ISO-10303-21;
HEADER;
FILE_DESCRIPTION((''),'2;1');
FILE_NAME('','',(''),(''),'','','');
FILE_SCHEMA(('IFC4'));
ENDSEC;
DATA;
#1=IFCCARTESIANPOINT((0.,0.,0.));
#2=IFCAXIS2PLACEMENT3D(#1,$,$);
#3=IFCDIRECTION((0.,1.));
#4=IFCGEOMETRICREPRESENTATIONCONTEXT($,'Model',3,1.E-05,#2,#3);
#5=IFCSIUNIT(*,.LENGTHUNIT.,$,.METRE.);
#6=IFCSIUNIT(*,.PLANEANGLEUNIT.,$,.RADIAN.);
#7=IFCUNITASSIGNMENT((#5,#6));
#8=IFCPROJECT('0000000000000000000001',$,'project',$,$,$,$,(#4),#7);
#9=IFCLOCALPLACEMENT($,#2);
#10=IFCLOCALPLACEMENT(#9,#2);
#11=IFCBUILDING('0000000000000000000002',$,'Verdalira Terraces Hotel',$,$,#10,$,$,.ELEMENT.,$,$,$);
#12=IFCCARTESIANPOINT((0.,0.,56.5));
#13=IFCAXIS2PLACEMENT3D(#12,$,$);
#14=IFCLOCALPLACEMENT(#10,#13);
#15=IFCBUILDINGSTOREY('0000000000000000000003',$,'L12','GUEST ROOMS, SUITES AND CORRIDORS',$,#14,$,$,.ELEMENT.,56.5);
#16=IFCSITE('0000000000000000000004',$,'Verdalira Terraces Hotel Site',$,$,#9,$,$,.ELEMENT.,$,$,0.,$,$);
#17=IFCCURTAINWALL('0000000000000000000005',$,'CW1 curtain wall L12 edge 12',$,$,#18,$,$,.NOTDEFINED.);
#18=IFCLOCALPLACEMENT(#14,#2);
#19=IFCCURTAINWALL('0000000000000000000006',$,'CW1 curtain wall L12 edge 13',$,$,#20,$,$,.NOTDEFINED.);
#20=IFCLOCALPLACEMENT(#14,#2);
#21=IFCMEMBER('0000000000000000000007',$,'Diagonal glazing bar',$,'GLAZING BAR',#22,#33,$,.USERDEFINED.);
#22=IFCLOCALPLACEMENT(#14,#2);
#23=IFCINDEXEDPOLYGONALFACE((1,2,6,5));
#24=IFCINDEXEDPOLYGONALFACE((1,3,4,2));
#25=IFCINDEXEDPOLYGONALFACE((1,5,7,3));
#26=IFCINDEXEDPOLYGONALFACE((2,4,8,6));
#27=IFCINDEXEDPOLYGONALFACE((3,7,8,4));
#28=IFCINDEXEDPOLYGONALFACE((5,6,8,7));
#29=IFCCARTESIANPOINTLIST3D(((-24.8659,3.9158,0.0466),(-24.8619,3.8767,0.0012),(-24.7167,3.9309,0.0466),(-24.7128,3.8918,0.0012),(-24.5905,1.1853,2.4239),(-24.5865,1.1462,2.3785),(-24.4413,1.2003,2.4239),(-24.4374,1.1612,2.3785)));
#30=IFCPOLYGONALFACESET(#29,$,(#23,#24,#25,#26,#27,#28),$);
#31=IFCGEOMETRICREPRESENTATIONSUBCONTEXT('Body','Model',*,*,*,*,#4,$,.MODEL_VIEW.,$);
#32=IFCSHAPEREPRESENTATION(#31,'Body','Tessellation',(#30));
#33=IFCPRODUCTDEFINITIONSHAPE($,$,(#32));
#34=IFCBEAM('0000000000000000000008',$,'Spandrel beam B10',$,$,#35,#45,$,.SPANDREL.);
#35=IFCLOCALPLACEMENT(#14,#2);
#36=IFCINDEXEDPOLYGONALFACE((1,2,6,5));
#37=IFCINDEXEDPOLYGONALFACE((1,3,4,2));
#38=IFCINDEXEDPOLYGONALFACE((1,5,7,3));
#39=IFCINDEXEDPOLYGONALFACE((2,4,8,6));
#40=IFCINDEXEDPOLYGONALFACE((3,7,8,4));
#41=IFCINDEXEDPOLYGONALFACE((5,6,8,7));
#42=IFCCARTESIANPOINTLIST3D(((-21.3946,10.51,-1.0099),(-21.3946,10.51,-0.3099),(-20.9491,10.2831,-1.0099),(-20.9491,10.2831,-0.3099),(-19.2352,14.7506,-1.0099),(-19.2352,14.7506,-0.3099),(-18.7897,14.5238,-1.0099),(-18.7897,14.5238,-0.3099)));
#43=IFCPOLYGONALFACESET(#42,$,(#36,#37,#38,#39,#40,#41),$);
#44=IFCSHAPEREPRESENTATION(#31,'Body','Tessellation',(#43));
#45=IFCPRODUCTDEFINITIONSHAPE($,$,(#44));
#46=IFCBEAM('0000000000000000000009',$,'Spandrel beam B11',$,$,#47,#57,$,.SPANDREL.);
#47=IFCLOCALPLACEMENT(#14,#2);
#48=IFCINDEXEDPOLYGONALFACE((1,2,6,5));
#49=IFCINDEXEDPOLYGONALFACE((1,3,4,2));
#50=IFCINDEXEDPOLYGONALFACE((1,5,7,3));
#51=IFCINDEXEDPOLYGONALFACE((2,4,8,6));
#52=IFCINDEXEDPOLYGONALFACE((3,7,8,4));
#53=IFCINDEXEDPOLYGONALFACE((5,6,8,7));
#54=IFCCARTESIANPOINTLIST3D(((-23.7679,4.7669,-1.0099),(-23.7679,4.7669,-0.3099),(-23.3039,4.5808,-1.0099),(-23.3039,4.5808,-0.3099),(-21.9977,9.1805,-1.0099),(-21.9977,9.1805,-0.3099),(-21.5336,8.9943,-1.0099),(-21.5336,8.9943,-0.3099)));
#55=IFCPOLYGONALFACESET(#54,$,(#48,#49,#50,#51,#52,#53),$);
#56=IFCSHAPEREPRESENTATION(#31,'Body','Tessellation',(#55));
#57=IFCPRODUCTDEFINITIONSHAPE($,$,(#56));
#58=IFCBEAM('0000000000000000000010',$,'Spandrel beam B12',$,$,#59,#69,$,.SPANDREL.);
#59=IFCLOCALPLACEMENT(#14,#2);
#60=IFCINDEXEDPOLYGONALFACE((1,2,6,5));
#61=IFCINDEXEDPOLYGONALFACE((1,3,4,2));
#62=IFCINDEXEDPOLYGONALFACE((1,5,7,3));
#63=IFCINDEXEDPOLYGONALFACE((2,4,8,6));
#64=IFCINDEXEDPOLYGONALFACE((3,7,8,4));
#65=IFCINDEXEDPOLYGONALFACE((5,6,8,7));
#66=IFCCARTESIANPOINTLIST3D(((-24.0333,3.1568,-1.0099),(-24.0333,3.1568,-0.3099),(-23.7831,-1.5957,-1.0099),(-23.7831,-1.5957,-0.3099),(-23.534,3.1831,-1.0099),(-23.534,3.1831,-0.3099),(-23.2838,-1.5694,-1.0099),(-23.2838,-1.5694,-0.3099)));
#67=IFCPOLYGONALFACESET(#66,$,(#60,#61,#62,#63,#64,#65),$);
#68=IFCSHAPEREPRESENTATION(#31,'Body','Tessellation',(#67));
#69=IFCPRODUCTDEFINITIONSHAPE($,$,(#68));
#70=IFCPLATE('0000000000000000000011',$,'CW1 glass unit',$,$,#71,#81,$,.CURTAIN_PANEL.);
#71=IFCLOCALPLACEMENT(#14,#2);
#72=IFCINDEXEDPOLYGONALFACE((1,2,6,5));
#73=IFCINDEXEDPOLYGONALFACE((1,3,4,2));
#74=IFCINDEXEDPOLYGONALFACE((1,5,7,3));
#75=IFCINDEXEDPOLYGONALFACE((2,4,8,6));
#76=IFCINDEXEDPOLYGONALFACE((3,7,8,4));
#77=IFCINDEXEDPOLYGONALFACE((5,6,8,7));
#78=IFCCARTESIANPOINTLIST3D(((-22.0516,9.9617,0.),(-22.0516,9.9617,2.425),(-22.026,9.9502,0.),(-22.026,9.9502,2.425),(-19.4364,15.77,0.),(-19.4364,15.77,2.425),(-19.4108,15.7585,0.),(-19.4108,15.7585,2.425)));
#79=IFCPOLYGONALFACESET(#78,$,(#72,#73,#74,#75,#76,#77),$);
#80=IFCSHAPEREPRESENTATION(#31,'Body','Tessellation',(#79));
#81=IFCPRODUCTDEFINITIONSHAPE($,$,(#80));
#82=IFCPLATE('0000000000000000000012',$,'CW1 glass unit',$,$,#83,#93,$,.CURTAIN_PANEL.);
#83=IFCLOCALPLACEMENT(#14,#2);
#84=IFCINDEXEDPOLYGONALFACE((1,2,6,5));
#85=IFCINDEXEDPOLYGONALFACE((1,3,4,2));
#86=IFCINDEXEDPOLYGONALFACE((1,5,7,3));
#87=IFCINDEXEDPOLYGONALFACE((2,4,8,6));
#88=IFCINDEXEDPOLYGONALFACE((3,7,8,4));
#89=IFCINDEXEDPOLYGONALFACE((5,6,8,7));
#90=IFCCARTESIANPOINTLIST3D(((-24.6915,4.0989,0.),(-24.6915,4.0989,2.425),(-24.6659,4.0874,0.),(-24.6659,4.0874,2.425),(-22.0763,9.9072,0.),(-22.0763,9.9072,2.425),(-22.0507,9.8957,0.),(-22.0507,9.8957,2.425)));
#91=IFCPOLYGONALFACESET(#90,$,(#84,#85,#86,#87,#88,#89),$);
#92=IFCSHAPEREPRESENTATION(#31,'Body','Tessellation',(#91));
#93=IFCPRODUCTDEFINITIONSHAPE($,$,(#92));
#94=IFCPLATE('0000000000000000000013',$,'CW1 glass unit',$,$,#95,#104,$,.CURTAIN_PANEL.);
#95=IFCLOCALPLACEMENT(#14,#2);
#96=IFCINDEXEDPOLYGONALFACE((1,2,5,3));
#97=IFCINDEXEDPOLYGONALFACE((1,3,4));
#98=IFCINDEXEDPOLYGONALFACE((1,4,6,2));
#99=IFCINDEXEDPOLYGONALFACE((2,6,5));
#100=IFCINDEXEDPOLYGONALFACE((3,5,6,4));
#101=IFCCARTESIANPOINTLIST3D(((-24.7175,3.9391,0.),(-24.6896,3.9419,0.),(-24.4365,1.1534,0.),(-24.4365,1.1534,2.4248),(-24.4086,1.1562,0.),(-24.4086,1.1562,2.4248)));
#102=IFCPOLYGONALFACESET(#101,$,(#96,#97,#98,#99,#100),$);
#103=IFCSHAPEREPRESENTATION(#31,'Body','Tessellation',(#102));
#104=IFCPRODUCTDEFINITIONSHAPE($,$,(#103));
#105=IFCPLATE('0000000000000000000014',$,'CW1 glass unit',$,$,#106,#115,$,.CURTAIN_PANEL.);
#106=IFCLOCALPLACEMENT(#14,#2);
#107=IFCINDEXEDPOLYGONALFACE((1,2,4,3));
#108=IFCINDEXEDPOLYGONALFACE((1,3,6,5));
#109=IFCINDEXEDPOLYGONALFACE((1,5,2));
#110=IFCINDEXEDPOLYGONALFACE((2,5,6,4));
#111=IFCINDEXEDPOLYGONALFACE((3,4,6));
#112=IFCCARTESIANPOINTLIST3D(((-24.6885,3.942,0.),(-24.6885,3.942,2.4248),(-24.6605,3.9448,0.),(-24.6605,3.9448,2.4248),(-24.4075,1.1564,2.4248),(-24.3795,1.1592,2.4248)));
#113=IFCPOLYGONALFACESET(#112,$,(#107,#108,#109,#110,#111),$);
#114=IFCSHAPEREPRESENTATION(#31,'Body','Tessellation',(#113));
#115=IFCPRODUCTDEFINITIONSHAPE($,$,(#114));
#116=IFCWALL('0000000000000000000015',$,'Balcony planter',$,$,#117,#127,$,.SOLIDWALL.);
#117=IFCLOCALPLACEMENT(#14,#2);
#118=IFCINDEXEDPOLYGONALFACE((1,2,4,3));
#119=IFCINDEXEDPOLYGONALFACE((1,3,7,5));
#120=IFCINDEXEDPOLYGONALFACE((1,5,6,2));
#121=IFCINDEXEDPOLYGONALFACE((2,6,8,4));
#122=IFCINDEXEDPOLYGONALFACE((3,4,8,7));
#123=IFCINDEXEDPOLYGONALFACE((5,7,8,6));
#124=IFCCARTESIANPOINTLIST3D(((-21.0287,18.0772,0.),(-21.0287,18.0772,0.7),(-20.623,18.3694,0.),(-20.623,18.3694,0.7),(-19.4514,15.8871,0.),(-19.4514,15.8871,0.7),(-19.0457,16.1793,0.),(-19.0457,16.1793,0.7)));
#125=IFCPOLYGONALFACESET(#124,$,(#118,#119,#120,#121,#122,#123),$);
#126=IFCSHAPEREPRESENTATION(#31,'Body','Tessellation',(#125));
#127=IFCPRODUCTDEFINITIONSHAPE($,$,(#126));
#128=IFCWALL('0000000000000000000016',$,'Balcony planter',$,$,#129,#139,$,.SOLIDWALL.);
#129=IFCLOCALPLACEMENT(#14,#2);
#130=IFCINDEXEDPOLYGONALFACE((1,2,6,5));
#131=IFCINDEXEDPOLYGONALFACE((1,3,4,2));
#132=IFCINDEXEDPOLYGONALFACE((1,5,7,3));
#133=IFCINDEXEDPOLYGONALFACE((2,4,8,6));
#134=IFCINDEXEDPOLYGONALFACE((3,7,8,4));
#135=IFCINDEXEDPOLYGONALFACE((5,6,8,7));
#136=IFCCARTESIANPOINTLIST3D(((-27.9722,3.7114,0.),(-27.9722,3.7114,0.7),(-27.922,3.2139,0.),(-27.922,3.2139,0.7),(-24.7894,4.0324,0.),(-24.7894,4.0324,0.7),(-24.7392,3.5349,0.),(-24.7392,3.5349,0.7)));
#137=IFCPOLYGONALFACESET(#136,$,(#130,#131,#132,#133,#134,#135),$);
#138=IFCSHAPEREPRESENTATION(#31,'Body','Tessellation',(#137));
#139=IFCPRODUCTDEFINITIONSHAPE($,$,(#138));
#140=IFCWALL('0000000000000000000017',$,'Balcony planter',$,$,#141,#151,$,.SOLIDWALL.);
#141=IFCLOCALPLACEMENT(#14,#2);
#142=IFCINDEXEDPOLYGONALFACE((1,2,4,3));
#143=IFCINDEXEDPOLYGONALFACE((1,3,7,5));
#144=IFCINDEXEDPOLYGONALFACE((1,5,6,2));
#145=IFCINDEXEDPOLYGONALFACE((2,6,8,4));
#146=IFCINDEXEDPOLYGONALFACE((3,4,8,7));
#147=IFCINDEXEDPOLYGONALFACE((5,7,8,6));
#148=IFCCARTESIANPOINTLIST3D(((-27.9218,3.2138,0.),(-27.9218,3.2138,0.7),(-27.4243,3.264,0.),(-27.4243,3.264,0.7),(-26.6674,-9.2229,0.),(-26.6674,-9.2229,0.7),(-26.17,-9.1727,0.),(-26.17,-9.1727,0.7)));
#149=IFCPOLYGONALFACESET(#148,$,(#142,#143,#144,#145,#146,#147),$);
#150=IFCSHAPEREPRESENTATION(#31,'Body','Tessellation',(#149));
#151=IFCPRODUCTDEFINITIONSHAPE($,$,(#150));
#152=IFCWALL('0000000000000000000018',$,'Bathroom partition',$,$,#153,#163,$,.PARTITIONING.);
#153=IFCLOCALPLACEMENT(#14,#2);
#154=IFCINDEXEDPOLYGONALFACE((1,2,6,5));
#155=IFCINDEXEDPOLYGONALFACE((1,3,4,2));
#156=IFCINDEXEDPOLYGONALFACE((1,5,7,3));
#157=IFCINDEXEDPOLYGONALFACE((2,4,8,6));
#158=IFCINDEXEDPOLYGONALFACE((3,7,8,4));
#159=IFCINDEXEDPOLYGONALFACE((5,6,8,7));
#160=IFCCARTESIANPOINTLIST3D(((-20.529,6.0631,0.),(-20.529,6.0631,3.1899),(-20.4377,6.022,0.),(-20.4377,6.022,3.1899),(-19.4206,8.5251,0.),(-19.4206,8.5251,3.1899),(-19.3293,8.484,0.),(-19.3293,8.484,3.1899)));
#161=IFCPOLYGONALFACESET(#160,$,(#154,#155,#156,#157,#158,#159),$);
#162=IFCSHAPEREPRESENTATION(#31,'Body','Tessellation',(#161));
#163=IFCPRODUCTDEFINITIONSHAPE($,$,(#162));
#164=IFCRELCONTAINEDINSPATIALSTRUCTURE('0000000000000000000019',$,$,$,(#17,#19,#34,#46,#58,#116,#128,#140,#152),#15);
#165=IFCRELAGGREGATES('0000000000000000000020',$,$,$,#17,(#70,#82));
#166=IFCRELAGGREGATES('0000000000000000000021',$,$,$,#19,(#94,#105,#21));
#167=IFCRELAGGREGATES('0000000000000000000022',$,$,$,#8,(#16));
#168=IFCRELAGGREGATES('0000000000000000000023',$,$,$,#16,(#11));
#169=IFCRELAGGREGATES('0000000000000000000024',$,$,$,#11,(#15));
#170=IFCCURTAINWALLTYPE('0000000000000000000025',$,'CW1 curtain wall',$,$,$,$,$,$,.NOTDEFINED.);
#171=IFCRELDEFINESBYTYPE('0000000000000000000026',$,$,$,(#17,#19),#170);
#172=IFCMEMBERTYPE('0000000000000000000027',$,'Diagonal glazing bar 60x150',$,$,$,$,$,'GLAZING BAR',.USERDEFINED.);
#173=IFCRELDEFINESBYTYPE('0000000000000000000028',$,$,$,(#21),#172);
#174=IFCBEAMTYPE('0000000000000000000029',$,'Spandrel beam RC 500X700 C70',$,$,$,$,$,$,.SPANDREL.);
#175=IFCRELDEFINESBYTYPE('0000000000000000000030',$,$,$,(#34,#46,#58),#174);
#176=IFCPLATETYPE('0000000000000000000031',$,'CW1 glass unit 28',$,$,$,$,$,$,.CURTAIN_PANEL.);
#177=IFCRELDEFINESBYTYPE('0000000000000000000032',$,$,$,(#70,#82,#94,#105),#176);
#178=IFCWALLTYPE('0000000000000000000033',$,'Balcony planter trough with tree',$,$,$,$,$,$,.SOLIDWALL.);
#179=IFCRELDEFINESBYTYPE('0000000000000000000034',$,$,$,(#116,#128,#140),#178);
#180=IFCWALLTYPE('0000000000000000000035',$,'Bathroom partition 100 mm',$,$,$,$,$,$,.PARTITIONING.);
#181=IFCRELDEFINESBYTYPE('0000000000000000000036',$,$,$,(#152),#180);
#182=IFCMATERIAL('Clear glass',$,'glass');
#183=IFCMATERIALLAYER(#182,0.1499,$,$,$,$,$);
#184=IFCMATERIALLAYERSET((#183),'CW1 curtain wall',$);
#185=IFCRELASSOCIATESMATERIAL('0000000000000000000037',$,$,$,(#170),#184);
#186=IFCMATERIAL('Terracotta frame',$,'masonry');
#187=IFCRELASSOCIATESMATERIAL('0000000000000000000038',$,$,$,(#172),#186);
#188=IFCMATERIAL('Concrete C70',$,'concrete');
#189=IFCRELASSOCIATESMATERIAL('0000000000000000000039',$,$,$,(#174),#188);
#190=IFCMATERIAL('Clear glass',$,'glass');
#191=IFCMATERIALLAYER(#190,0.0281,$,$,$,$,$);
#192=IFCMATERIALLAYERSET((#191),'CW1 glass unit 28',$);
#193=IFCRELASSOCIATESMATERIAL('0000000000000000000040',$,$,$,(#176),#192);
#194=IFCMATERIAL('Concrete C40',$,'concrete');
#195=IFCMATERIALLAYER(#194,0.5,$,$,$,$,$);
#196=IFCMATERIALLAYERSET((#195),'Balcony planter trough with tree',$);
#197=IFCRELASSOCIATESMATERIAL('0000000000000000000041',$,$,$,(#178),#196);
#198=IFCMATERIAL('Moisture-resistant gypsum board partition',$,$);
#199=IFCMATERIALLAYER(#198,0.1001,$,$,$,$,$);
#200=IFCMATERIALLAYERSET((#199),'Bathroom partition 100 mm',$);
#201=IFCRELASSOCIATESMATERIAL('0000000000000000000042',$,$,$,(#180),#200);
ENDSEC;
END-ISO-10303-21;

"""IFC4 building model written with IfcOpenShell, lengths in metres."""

from ifc_helpers import new_model, si_unit, direction, frame, frame_2d, origin, origin_2d, place, context, subcontext, project, spatial, polyline, rectangle, outline, extrude, material, layer, layer_set, material_profile, profile_set, type_object, element, aggregate, save


model = new_model("IFC4")

# Units and contexts
model_context = context("Model", 3, precision=1e-05, world=origin(), true_north=direction((0.0, 1.0)))
body_context = subcontext(model_context, "Body", "Model", "MODEL_VIEW")
ifc_project = project(units=[si_unit("LENGTHUNIT", "METRE"), si_unit("PLANEANGLEUNIT", "RADIAN")], contexts=[model_context])

# Site, building, storey
site_placement = place(None, origin())
site = spatial("IfcSite", under=ifc_project, at=site_placement, Name="Verdalira Terraces Hotel Site", CompositionType="ELEMENT", RefElevation=0.0)
building_placement = place(site_placement, origin())
building = spatial("IfcBuilding", under=site, at=building_placement, Name="Verdalira Terraces Hotel", CompositionType="ELEMENT")
storey_placement = place(building_placement, frame((0.0, 0.0, 56.5)))
storey = spatial("IfcBuildingStorey", under=building, at=storey_placement, Name="L12", Description="GUEST ROOMS, SUITES AND CORRIDORS", CompositionType="ELEMENT", Elevation=56.5)

# Shared definitions
ifc_material_1 = material(Name="Clear glass", Category="glass")
ifc_layer_1 = layer(ifc_material_1, 0.1499)
ifc_layer_set_1 = layer_set([ifc_layer_1], Name="CW1 curtain wall")
curtain_wall_type = type_object("IfcCurtainWallType", Name="CW1 curtain wall", PredefinedType="NOTDEFINED", material=ifc_layer_set_1)

# Curtain wall
curtain_wall_1_placement = place(storey_placement, origin())
curtain_wall_1 = element("IfcCurtainWall", 1, at=curtain_wall_1_placement, inside=storey, type_object=curtain_wall_type, Name="CW1 curtain wall L12 edge 12", PredefinedType="NOTDEFINED")

# Curtain wall
curtain_wall_2_placement = place(storey_placement, origin())
curtain_wall_2 = element("IfcCurtainWall", 2, at=curtain_wall_2_placement, inside=storey, type_object=curtain_wall_type, Name="CW1 curtain wall L12 edge 13", PredefinedType="NOTDEFINED")

# Member
ifc_material_2 = material(Name="Terracotta frame", Category="masonry")
ifc_material_profile_1 = material_profile(ifc_material_2, rectangle(XDim=0.1499, YDim=0.0601, at=origin_2d()), Name="GB 60x150")
ifc_profile_set_1 = profile_set([ifc_material_profile_1], Name="Terracotta frame")
member_type_1 = type_object("IfcMemberType", Name="Diagonal glazing bar 60x150", ElementType="GLAZING BAR", PredefinedType="USERDEFINED", material=ifc_profile_set_1)
member_1_placement = place(storey_placement, frame((-24.7893, 3.9038, 0.0239), z_axis=(0.075849, -0.752039, 0.654739), x_axis=(0.994952, 0.100349, 0.0)))
member_1 = element("IfcMember", 3, at=member_1_placement, type_object=member_type_1, Name="Diagonal glazing bar", ObjectType="GLAZING BAR", PredefinedType="USERDEFINED", context=body_context, shape_type="SweptSolid", body=[
    extrude(rectangle(XDim=0.1499, YDim=0.0601, at=origin_2d()), origin(), (0.0, 0.0, 1.0), 3.6309),
])

# Beams
ifc_material_3 = material(Name="Concrete C70", Category="concrete")
ifc_material_profile_2 = material_profile(ifc_material_3, rectangle(XDim=0.5, YDim=0.7, at=origin_2d()), Name="RC 500X700")
ifc_profile_set_2 = profile_set([ifc_material_profile_2], Name="Concrete C70")
beam_type_1 = type_object("IfcBeamType", Name="Spandrel beam RC 500X700 C70", PredefinedType="SPANDREL", material=ifc_profile_set_2)
beam_1_placement = place(storey_placement, frame((-19.0125, 14.6372, -0.6599), z_axis=(-0.453768, -0.89112, 0.0), x_axis=(0.89112, -0.453768, 0.0)))
element("IfcBeam", 4, at=beam_1_placement, inside=storey, type_object=beam_type_1, Name="Spandrel beam B10", PredefinedType="SPANDREL", context=body_context, shape_type="SweptSolid", body=[
    extrude(rectangle(XDim=0.5, YDim=0.7, at=origin_2d()), origin(), (0.0, 0.0, 1.0), 4.7588),
])
beam_2_placement = place(storey_placement, frame((-21.7656, 9.0874, -0.6599), z_axis=(-0.372267, -0.928126, 0.0), x_axis=(0.928126, -0.372267, 0.0)))
element("IfcBeam", 5, at=beam_2_placement, inside=storey, type_object=beam_type_1, Name="Spandrel beam B11", PredefinedType="SPANDREL", context=body_context, shape_type="SweptSolid", body=[
    extrude(rectangle(XDim=0.5, YDim=0.7, at=origin_2d()), origin(), (0.0, 0.0, 1.0), 4.7554),
])
beam_3_placement = place(storey_placement, frame((-23.7837, 3.1699, -0.6599), z_axis=(0.052583, -0.998617, 0.0), x_axis=(0.998617, 0.052583, 0.0)))
element("IfcBeam", 6, at=beam_3_placement, inside=storey, type_object=beam_type_1, Name="Spandrel beam B12", PredefinedType="SPANDREL", context=body_context, shape_type="SweptSolid", body=[
    extrude(rectangle(XDim=0.5, YDim=0.7, at=origin_2d()), origin(), (0.0, 0.0, 1.0), 4.759),
])

# Plates
ifc_material_4 = material(Name="Clear glass", Category="glass")
ifc_layer_2 = layer(ifc_material_4, 0.0281)
ifc_layer_set_2 = layer_set([ifc_layer_2], Name="CW1 glass unit 28")
plate_type = type_object("IfcPlateType", Name="CW1 glass unit 28", PredefinedType="CURTAIN_PANEL", material=ifc_layer_set_2)
plate_1_placement = place(storey_placement, frame((-20.7312, 12.8601, 0.0), z_axis=(0.0, 0.0, 1.0), x_axis=(-0.41056, -0.911834, 0.0)))
plate_1 = element("IfcPlate", 7, at=plate_1_placement, type_object=plate_type, Name="CW1 glass unit", PredefinedType="CURTAIN_PANEL", context=body_context, shape_type="SweptSolid", body=[
    extrude(rectangle(XDim=6.3699, YDim=0.0281, at=origin_2d()), origin(), (0.0, 0.0, 1.0), 2.425),
])
plate_2_placement = place(storey_placement, frame((-23.3711, 6.9973, 0.0), z_axis=(0.0, 0.0, 1.0), x_axis=(-0.41056, -0.911834, 0.0)))
plate_2 = element("IfcPlate", 8, at=plate_2_placement, type_object=plate_type, Name="CW1 glass unit", PredefinedType="CURTAIN_PANEL", context=body_context, shape_type="SweptSolid", body=[
    extrude(rectangle(XDim=6.3699, YDim=0.0281, at=origin_2d()), origin(), (0.0, 0.0, 1.0), 2.425),
])
aggregate(curtain_wall_1, [plate_1, plate_2])
plate_3_placement = place(storey_placement, frame((-24.5491, 2.5491, 1.2124), z_axis=(-0.994951, -0.100362, 0.0), x_axis=(0.100362, -0.994951, 0.0)))
plate_3 = element("IfcPlate", 9, at=plate_3_placement, type_object=plate_type, Name="CW1 glass unit", PredefinedType="CURTAIN_PANEL", context=body_context, shape_type="SweptSolid", body=[
    extrude(outline(polyline([(-1.3999, -1.2124), (1.3999, -1.2124), (1.3999, 1.2124), (-1.3999, -1.2124)])), origin(), (0.0, 0.0, 1.0), 0.0281),
])
plate_4_placement = place(storey_placement, frame((-24.52, 2.552, 1.2124), z_axis=(-0.994951, -0.100362, 0.0), x_axis=(0.100362, -0.994951, 0.0)))
plate_4 = element("IfcPlate", 10, at=plate_4_placement, type_object=plate_type, Name="CW1 glass unit", PredefinedType="CURTAIN_PANEL", context=body_context, shape_type="SweptSolid", body=[
    extrude(outline(polyline([(-1.3999, -1.2124), (1.3999, 1.2124), (-1.3999, 1.2124), (-1.3999, -1.2124)])), origin(), (0.0, 0.0, 1.0), 0.0281),
])
aggregate(curtain_wall_2, [plate_3, plate_4, member_1])

# Walls
ifc_material_5 = material(Name="Concrete C40", Category="concrete")
ifc_layer_3 = layer(ifc_material_5, 0.5)
ifc_layer_set_3 = layer_set([ifc_layer_3], Name="Balcony planter trough with tree")
wall_type_1 = type_object("IfcWallType", Name="Balcony planter trough with tree", PredefinedType="SOLIDWALL", material=ifc_layer_set_3)
wall_1_placement = place(storey_placement, frame((-20.8259, 18.2234, 0.0), z_axis=(0.0, 0.0, 1.0), x_axis=(0.584417, -0.811454, 0.0)))
element("IfcWall", 11, at=wall_1_placement, inside=storey, type_object=wall_type_1, Name="Balcony planter", PredefinedType="SOLIDWALL", context=body_context, shape_type="SweptSolid", body=[
    extrude(rectangle(XDim=2.699, YDim=0.5, at=frame_2d((1.3496, 0.0))), origin(), (0.0, 0.0, 1.0), 0.7),
])
wall_2_placement = place(storey_placement, frame((-24.7642, 3.7837, 0.0), z_axis=(0.0, 0.0, 1.0), x_axis=(-0.994951, -0.100358, 0.0)))
element("IfcWall", 12, at=wall_2_placement, inside=storey, type_object=wall_type_1, Name="Balcony planter", PredefinedType="SOLIDWALL", context=body_context, shape_type="SweptSolid", body=[
    extrude(rectangle(XDim=3.199, YDim=0.5, at=frame_2d((1.5996, 0.0))), origin(), (0.0, 0.0, 1.0), 0.7),
])
wall_3_placement = place(storey_placement, frame((-27.6731, 3.239, 0.0), z_axis=(0.0, 0.0, 1.0), x_axis=(0.100353, -0.994952, 0.0)))
element("IfcWall", 13, at=wall_3_placement, inside=storey, type_object=wall_type_1, Name="Balcony planter", PredefinedType="SOLIDWALL", context=body_context, shape_type="SweptSolid", body=[
    extrude(rectangle(XDim=12.4998, YDim=0.5, at=frame_2d((6.25, 0.0))), origin(), (0.0, 0.0, 1.0), 0.7),
])
ifc_material_6 = material(Name="Moisture-resistant gypsum board partition")
ifc_layer_4 = layer(ifc_material_6, 0.1001)
ifc_layer_set_4 = layer_set([ifc_layer_4], Name="Bathroom partition 100 mm")
wall_type_2 = type_object("IfcWallType", Name="Bathroom partition 100 mm", PredefinedType="PARTITIONING", material=ifc_layer_set_4)
wall_4_placement = place(storey_placement, frame((-20.4834, 6.0425, 0.0), z_axis=(0.0, 0.0, 1.0), x_axis=(0.41053, 0.911847, 0.0)))
element("IfcWall", 14, at=wall_4_placement, inside=storey, type_object=wall_type_2, Name="Bathroom partition", PredefinedType="PARTITIONING", context=body_context, shape_type="SweptSolid", body=[
    extrude(rectangle(XDim=2.7, YDim=0.1001, at=frame_2d((1.3501, 0.0))), origin(), (0.0, 0.0, 1.0), 3.1899),
])

save(model, "model.ifc")
